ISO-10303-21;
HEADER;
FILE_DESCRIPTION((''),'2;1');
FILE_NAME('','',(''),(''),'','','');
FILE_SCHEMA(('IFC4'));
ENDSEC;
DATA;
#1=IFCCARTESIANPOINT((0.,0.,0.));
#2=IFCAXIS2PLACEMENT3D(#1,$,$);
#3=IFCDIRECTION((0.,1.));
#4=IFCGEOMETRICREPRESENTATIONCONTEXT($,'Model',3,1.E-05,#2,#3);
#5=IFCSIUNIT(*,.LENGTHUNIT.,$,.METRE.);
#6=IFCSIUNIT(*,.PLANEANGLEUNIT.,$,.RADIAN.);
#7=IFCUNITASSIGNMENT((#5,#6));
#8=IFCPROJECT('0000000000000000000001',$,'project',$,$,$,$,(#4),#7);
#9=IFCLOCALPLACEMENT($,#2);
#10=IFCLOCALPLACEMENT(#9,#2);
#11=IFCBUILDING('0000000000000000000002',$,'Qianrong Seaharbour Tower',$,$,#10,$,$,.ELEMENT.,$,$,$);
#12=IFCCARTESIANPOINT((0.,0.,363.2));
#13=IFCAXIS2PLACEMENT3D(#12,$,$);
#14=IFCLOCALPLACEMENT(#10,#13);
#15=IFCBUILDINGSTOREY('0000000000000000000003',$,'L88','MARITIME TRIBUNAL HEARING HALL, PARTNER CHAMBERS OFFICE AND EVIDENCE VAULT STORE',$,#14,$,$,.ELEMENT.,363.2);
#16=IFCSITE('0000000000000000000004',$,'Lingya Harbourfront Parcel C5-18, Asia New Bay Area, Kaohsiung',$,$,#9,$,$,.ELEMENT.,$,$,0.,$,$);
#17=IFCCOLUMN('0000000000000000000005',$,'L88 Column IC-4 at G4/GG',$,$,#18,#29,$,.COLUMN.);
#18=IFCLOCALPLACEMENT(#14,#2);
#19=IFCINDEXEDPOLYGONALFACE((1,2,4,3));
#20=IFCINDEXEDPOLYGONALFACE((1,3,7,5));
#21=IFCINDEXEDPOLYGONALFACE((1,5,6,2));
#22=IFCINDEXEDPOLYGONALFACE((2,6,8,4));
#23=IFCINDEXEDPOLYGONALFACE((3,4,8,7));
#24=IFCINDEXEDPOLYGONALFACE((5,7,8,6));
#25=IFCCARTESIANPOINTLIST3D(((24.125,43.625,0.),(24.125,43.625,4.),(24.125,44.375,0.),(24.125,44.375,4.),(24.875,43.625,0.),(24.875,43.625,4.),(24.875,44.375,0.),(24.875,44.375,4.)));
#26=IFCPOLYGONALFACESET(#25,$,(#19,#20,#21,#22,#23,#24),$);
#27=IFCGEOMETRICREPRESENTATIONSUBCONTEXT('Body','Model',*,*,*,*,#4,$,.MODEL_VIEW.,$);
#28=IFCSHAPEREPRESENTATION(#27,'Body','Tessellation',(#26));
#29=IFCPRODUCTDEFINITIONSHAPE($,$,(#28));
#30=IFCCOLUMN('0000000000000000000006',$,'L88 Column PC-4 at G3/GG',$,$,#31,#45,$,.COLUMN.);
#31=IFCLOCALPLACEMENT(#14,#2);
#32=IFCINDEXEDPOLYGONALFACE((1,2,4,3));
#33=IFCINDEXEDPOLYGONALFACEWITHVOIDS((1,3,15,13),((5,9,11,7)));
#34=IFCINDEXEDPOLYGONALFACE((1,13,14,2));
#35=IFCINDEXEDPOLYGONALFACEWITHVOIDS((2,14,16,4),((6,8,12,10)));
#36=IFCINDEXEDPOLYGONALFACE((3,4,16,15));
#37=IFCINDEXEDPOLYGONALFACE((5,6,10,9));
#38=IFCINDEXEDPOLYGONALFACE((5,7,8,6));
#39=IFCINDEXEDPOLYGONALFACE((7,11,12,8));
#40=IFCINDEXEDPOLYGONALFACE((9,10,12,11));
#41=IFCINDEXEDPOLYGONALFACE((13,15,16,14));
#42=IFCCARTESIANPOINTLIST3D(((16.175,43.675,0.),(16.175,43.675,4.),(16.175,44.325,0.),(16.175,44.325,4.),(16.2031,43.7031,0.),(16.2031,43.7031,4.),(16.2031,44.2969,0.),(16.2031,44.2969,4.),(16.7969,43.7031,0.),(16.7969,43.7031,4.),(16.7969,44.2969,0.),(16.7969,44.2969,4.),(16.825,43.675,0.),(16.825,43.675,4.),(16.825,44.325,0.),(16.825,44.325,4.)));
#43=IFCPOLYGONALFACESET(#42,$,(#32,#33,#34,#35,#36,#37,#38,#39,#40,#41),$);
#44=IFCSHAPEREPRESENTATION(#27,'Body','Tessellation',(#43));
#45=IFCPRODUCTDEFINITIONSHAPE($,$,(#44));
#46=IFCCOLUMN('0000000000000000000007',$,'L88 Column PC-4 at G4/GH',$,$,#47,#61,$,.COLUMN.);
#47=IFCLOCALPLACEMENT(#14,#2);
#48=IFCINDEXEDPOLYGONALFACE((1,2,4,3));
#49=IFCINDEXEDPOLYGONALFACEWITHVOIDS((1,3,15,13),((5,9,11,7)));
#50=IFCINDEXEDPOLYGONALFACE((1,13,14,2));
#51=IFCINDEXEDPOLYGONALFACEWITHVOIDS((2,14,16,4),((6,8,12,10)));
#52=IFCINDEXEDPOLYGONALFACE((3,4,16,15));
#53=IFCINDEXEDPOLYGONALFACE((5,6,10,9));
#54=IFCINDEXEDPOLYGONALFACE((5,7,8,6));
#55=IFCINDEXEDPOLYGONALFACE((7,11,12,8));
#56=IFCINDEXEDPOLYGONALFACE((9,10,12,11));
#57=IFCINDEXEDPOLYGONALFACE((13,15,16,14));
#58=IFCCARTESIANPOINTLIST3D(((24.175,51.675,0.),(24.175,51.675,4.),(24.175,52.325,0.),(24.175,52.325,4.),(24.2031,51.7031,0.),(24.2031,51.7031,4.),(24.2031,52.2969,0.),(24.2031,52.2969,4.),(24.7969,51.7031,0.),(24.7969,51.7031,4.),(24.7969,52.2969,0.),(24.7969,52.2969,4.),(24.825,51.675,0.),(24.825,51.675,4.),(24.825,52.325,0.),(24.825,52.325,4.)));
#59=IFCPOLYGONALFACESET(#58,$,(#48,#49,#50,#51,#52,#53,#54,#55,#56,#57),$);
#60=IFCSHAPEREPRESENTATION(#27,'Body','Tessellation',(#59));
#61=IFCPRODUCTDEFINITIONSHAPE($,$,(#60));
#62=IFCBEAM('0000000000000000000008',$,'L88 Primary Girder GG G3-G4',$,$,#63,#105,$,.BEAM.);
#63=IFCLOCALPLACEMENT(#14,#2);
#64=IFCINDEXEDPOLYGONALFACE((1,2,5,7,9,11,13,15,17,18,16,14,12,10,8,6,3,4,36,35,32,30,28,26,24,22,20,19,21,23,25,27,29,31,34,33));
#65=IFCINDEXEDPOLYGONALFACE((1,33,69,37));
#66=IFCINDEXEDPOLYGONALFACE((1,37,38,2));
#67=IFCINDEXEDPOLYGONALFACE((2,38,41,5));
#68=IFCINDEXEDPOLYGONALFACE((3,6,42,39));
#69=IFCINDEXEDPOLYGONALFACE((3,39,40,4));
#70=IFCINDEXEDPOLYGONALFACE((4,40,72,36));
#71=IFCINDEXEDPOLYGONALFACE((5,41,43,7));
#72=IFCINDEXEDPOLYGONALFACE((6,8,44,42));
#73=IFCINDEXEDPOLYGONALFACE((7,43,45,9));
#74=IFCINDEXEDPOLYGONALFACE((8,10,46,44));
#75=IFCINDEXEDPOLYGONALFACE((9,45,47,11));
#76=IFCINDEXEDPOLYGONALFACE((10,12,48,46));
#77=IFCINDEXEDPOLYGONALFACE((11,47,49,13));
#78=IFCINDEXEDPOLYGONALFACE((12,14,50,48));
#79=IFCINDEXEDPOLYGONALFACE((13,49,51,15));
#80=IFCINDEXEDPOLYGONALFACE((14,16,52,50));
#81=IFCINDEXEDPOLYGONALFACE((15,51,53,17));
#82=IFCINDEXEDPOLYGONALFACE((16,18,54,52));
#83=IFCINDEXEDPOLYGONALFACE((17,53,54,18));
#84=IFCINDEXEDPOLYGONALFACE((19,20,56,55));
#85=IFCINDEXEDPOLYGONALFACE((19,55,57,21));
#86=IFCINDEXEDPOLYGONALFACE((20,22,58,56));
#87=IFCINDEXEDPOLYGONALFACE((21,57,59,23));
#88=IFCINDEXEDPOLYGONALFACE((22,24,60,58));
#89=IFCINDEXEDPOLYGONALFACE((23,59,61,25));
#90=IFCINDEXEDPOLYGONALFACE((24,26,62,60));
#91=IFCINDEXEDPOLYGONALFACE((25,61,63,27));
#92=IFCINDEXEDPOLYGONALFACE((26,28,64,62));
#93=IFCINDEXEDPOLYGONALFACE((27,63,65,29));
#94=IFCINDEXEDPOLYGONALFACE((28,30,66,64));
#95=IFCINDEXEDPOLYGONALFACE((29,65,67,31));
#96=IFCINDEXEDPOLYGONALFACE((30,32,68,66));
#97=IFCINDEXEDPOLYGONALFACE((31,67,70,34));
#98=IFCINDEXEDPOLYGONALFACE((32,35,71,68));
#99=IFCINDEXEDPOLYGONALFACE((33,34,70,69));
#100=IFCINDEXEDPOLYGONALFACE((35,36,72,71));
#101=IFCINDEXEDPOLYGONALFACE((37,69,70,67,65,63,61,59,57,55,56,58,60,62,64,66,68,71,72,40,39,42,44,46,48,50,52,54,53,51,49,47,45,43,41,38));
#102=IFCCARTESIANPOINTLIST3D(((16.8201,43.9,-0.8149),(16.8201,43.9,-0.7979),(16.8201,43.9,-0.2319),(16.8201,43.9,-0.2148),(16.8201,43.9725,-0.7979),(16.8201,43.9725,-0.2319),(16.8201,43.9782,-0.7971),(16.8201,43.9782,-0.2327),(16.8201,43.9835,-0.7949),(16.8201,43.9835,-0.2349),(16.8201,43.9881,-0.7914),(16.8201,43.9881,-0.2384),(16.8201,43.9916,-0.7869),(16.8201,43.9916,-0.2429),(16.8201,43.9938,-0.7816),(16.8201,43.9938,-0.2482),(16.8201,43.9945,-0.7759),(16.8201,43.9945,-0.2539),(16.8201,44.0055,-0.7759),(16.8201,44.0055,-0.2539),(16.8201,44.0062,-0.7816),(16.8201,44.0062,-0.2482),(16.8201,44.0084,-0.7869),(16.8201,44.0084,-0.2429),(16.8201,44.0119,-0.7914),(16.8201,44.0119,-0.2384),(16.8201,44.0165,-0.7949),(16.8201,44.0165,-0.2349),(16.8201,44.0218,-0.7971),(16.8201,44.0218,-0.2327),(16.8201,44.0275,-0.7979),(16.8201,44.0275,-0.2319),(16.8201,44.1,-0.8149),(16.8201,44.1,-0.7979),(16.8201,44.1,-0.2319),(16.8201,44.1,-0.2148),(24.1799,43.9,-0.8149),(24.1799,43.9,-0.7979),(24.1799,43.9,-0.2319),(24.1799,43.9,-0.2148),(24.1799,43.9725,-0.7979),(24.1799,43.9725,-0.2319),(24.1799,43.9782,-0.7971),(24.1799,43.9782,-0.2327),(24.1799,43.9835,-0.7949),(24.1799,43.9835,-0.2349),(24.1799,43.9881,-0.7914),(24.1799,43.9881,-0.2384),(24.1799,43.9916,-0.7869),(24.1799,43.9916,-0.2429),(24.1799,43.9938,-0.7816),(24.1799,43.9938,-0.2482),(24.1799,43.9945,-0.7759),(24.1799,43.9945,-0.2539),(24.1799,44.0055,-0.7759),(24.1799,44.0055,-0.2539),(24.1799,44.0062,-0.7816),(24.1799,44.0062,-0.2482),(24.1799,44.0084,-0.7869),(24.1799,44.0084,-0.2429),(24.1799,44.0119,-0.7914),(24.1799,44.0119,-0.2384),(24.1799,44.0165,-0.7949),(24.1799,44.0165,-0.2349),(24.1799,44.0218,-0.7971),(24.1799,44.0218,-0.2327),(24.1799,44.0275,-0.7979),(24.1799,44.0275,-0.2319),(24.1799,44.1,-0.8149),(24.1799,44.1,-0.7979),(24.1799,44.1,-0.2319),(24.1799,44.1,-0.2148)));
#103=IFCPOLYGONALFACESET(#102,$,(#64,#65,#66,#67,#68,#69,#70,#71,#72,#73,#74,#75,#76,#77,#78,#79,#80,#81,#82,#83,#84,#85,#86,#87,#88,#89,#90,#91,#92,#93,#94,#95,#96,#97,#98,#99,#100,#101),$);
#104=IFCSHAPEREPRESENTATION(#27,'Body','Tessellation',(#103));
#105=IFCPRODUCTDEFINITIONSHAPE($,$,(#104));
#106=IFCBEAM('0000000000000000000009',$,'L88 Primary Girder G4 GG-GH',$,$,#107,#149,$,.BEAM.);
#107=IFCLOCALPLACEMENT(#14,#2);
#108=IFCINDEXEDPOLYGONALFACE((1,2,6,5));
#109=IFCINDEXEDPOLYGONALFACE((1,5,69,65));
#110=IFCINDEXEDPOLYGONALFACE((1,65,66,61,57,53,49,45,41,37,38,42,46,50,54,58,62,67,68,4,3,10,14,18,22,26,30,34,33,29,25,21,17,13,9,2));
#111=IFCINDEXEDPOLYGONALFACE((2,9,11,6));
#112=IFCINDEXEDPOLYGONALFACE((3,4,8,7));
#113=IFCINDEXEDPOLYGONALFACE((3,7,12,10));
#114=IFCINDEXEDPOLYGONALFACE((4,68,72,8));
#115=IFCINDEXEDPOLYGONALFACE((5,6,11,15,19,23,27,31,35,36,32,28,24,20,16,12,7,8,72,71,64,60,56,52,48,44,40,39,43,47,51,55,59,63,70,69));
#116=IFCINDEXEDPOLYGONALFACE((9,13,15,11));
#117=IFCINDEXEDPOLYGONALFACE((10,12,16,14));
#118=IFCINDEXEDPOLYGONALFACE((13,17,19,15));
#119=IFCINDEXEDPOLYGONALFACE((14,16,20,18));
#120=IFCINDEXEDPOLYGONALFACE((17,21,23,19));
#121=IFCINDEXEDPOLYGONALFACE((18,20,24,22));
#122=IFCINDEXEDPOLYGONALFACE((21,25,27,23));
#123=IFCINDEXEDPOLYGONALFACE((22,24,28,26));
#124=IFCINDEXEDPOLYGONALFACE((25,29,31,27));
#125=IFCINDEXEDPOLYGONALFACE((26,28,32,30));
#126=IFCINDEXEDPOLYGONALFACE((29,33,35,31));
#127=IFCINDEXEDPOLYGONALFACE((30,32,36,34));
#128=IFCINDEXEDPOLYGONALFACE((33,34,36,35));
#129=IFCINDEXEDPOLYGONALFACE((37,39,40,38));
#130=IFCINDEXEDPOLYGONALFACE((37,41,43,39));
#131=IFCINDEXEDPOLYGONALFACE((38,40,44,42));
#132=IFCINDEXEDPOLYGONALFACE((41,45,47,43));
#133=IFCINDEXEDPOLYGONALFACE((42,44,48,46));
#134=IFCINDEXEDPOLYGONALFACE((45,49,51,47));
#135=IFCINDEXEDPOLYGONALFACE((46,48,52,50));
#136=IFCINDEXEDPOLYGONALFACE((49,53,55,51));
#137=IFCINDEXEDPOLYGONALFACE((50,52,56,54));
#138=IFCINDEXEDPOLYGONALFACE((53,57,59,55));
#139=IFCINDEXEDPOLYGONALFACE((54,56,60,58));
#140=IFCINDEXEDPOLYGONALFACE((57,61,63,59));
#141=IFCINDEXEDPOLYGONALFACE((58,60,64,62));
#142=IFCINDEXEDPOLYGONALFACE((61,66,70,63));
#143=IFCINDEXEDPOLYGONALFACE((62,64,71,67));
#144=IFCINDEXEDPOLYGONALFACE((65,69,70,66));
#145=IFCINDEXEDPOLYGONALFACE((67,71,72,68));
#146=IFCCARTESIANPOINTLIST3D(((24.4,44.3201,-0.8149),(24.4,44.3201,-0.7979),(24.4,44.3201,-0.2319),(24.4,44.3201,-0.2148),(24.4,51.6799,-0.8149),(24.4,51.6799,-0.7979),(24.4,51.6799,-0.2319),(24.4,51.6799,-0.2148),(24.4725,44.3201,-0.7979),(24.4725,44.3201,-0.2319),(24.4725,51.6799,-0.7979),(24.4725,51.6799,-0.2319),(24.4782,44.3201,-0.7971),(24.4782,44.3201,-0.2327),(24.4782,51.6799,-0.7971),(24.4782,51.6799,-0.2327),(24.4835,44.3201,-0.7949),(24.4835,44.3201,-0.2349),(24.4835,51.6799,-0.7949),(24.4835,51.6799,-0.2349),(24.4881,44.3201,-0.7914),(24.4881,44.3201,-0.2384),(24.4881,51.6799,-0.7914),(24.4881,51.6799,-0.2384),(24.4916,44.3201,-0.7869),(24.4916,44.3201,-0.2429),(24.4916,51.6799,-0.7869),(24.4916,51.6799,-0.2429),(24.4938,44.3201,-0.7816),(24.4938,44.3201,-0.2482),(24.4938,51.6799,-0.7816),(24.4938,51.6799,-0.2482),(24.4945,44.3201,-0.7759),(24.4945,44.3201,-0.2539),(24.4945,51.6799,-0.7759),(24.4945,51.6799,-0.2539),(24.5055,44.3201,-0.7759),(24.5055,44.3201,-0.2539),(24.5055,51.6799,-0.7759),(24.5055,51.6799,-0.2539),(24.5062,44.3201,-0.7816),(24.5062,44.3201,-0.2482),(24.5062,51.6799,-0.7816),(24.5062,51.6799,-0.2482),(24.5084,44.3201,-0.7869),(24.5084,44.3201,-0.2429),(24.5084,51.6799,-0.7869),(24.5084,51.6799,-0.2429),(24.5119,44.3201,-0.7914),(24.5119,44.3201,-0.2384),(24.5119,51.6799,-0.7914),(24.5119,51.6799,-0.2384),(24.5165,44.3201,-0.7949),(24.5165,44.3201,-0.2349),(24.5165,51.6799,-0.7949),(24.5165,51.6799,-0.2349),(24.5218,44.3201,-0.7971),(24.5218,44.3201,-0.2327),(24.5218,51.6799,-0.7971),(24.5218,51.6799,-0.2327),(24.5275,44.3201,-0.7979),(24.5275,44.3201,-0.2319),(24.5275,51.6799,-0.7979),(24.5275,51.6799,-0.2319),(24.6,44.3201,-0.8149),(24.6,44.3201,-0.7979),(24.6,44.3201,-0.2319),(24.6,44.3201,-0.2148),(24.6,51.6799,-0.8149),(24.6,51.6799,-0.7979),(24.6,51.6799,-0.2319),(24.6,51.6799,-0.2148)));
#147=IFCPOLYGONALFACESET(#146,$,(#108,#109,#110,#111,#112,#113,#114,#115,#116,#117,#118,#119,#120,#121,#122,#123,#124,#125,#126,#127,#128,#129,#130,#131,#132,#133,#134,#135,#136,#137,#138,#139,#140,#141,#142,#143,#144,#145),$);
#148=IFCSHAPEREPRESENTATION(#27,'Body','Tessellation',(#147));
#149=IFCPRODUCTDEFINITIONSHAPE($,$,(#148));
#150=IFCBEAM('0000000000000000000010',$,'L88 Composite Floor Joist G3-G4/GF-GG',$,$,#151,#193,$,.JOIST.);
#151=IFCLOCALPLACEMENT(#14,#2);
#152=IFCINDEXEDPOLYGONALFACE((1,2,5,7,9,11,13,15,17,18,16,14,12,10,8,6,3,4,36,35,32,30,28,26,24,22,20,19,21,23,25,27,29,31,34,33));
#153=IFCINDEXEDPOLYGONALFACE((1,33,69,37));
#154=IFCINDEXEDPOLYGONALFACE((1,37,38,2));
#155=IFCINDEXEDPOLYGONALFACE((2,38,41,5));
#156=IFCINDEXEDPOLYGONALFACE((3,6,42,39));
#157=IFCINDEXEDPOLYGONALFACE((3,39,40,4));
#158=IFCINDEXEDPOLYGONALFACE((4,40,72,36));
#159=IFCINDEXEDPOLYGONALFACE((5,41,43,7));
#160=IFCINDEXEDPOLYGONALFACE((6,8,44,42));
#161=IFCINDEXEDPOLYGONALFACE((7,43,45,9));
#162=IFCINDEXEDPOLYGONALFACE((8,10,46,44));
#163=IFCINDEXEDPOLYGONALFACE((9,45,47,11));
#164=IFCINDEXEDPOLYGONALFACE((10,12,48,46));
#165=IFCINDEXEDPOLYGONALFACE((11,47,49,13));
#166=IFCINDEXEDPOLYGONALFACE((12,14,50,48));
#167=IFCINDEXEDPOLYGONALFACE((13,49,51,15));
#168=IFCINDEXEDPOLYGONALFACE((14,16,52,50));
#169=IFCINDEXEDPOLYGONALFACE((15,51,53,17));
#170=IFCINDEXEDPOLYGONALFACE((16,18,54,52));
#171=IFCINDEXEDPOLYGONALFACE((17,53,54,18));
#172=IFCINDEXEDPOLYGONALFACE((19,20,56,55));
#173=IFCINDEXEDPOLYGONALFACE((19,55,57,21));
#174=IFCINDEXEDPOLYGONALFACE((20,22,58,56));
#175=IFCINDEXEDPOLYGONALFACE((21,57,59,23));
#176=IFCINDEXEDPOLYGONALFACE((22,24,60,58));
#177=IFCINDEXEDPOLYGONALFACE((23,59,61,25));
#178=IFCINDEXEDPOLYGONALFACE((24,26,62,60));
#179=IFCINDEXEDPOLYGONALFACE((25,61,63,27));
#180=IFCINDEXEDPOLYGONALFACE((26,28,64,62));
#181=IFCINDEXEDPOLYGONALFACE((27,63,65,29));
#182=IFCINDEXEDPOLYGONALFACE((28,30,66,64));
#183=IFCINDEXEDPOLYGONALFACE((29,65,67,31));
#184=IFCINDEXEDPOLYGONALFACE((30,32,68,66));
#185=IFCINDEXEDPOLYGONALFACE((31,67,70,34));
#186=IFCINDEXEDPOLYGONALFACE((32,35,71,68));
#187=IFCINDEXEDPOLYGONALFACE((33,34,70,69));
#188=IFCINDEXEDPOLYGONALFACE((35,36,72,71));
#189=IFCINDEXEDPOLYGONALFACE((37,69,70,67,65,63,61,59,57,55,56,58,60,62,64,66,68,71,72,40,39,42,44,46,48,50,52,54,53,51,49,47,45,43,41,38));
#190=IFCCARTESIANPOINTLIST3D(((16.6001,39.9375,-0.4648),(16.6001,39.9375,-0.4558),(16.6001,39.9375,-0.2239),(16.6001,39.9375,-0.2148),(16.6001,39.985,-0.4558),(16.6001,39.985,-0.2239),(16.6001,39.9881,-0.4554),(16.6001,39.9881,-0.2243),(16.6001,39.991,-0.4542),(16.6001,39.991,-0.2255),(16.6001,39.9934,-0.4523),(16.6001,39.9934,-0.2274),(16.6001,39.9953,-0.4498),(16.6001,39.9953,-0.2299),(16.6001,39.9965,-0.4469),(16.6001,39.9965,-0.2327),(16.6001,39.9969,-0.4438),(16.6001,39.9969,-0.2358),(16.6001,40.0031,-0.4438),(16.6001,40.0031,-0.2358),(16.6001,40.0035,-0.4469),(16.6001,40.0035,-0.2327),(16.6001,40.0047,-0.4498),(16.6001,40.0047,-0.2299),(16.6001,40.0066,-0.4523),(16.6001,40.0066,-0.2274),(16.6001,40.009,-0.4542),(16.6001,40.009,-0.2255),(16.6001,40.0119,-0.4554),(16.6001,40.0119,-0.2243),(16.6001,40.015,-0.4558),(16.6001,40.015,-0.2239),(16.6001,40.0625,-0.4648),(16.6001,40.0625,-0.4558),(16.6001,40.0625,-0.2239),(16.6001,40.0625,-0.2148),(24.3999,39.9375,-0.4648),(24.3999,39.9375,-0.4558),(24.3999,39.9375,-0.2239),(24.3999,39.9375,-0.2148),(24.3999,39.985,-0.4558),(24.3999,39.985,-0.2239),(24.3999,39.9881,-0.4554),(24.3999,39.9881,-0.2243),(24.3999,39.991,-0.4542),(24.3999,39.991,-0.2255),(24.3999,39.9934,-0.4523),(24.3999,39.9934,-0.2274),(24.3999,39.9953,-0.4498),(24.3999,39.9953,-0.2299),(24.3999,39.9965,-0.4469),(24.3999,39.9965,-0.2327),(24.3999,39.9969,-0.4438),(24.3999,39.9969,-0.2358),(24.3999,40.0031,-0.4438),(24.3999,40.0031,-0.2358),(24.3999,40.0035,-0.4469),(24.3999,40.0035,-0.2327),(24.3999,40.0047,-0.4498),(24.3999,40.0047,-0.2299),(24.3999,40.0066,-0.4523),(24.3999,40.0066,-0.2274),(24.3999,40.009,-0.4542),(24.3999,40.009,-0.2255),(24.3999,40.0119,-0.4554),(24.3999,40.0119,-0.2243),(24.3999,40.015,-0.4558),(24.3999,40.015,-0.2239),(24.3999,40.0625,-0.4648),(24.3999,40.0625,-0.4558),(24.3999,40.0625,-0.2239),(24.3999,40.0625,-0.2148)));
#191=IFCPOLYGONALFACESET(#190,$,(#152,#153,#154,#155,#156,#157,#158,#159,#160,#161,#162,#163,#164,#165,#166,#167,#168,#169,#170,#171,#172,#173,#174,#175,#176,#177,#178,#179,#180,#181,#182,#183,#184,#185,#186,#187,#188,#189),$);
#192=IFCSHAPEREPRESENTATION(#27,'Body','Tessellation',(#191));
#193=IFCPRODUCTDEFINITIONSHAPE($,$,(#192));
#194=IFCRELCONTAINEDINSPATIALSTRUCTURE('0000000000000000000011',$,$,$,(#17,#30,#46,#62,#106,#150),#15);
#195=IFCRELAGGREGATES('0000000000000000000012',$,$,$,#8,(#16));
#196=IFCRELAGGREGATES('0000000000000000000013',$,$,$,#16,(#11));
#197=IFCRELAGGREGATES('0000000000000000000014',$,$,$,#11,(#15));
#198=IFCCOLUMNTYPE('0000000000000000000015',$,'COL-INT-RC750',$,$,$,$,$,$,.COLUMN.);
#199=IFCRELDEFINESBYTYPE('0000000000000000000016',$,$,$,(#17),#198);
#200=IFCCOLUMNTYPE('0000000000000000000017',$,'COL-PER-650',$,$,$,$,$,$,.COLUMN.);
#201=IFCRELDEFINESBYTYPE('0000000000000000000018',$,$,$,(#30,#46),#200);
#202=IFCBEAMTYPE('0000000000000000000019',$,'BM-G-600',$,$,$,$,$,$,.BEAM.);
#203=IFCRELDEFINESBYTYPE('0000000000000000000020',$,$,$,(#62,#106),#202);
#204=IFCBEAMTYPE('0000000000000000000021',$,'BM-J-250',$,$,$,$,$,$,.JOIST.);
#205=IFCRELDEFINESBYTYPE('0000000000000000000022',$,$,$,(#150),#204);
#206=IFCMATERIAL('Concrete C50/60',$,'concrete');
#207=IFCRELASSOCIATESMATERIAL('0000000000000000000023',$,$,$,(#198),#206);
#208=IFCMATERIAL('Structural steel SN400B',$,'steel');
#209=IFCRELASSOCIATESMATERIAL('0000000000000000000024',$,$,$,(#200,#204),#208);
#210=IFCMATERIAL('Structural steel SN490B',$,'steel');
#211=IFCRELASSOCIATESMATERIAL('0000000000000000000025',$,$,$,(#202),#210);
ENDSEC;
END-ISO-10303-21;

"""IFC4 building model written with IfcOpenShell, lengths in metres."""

from ifc_helpers import new_model, si_unit, direction, frame, origin, origin_2d, place, context, subcontext, project, spatial, rectangle, hollow_rectangle, i_section, extrude, material, material_profile, profile_set, type_object, element, save


model = new_model("IFC4")

# Units and contexts
model_context = context("Model", 3, precision=1e-05, world=origin(), true_north=direction((0.0, 1.0)))
body_context = subcontext(model_context, "Body", "Model", "MODEL_VIEW")
ifc_project = project(units=[si_unit("LENGTHUNIT", "METRE"), si_unit("PLANEANGLEUNIT", "RADIAN")], contexts=[model_context])

# Site, building, storey
site_placement = place(None, origin())
site = spatial("IfcSite", under=ifc_project, at=site_placement, Name="Lingya Harbourfront Parcel C5-18, Asia New Bay Area, Kaohsiung", CompositionType="ELEMENT", RefElevation=0.0)
building_placement = place(site_placement, origin())
building = spatial("IfcBuilding", under=site, at=building_placement, Name="Qianrong Seaharbour Tower", CompositionType="ELEMENT")
storey_placement = place(building_placement, frame((0.0, 0.0, 363.2)))
storey = spatial("IfcBuildingStorey", under=building, at=storey_placement, Name="L88", Description="MARITIME TRIBUNAL HEARING HALL, PARTNER CHAMBERS OFFICE AND EVIDENCE VAULT STORE", CompositionType="ELEMENT", Elevation=363.2)

# Columns
ifc_material_1 = material(Name="Concrete C50/60", Category="concrete")
ifc_material_profile_1 = material_profile(ifc_material_1, rectangle(XDim=0.75, YDim=0.75, at=origin_2d()), Name="RC750x750")
ifc_profile_set_1 = profile_set([ifc_material_profile_1], Name="Concrete C50/60")
column_type_1 = type_object("IfcColumnType", Name="COL-INT-RC750", PredefinedType="COLUMN", material=ifc_profile_set_1)
column_placement = place(storey_placement, frame((24.5, 44.0, 0.0), z_axis=(0.0, 0.0, 1.0), x_axis=(1.0, 0.0, 0.0)))
element("IfcColumn", 1, at=column_placement, inside=storey, type_object=column_type_1, Name="L88 Column IC-4 at G4/GG", PredefinedType="COLUMN", context=body_context, shape_type="SweptSolid", body=[
    extrude(rectangle(XDim=0.75, YDim=0.75, at=origin_2d()), origin(), (0.0, 0.0, 1.0), 4.0),
])
ifc_material_2 = material(Name="Structural steel SN400B", Category="steel")
ifc_material_profile_2 = material_profile(ifc_material_2, hollow_rectangle(XDim=0.6499, YDim=0.6499, WallThickness=0.0281, at=origin_2d()), Name="BOX650x650x28")
ifc_profile_set_2 = profile_set([ifc_material_profile_2], Name="Structural steel SN400B")
column_type_2 = type_object("IfcColumnType", Name="COL-PER-650", PredefinedType="COLUMN", material=ifc_profile_set_2)
for number, where, z_axis, x_axis, name in (
    (2, (16.5, 44.0, 0.0), (0.0, 0.0, 1.0), (1.0, 0.0, 0.0), "L88 Column PC-4 at G3/GG"),
    (3, (24.5, 52.0, 0.0), (0.0, 0.0, 1.0), (1.0, 0.0, 0.0), "L88 Column PC-4 at G4/GH"),
):
    element("IfcColumn", number, at=place(storey_placement, frame(where, z_axis=z_axis, x_axis=x_axis)), inside=storey, type_object=column_type_2, Name=name, PredefinedType="COLUMN", context=body_context, shape_type="SweptSolid", body=[
        extrude(hollow_rectangle(XDim=0.6499, YDim=0.6499, WallThickness=0.0281, at=origin_2d()), origin(), (0.0, 0.0, 1.0), 4.0),
    ])

# Beams
ifc_material_3 = material(Name="Structural steel SN490B", Category="steel")
ifc_material_profile_3 = material_profile(ifc_material_3, i_section(OverallWidth=0.2, OverallDepth=0.6001, WebThickness=0.011, FlangeThickness=0.0171, FilletRadius=0.022, at=origin_2d()), Name="H600x200x11x17")
ifc_profile_set_3 = profile_set([ifc_material_profile_3], Name="Structural steel SN490B")
beam_type_1 = type_object("IfcBeamType", Name="BM-G-600", PredefinedType="BEAM", material=ifc_profile_set_3)
for number, where, z_axis, x_axis, name in (
    (4, (16.8201, 44.0, -0.5149), (1.0, 0.0, 0.0), (0.0, 1.0, 0.0), "L88 Primary Girder GG G3-G4"),
    (5, (24.5, 44.3201, -0.5149), (0.0, 1.0, 0.0), (-1.0, 0.0, 0.0), "L88 Primary Girder G4 GG-GH"),
):
    element("IfcBeam", number, at=place(storey_placement, frame(where, z_axis=z_axis, x_axis=x_axis)), inside=storey, type_object=beam_type_1, Name=name, PredefinedType="BEAM", context=body_context, shape_type="SweptSolid", body=[
        extrude(i_section(OverallWidth=0.2, OverallDepth=0.6001, WebThickness=0.011, FlangeThickness=0.0171, FilletRadius=0.022, at=origin_2d()), origin(), (0.0, 0.0, 1.0), 7.3599),
    ])
ifc_material_profile_4 = material_profile(ifc_material_2, i_section(OverallWidth=0.125, OverallDepth=0.25, WebThickness=0.0061, FlangeThickness=0.009, FilletRadius=0.012, at=origin_2d()), Name="H250x125x6x9")
ifc_profile_set_4 = profile_set([ifc_material_profile_4], Name="Structural steel SN400B")
beam_type_2 = type_object("IfcBeamType", Name="BM-J-250", PredefinedType="JOIST", material=ifc_profile_set_4)
beam_1_placement = place(storey_placement, frame((16.6001, 40.0, -0.3398), z_axis=(1.0, 0.0, 0.0), x_axis=(0.0, 1.0, 0.0)))
element("IfcBeam", 6, at=beam_1_placement, inside=storey, type_object=beam_type_2, Name="L88 Composite Floor Joist G3-G4/GF-GG", PredefinedType="JOIST", context=body_context, shape_type="SweptSolid", body=[
    extrude(i_section(OverallWidth=0.125, OverallDepth=0.25, WebThickness=0.0061, FlangeThickness=0.009, FilletRadius=0.012, at=origin_2d()), origin(), (0.0, 0.0, 1.0), 7.7998),
])

save(model, "model.ifc")
